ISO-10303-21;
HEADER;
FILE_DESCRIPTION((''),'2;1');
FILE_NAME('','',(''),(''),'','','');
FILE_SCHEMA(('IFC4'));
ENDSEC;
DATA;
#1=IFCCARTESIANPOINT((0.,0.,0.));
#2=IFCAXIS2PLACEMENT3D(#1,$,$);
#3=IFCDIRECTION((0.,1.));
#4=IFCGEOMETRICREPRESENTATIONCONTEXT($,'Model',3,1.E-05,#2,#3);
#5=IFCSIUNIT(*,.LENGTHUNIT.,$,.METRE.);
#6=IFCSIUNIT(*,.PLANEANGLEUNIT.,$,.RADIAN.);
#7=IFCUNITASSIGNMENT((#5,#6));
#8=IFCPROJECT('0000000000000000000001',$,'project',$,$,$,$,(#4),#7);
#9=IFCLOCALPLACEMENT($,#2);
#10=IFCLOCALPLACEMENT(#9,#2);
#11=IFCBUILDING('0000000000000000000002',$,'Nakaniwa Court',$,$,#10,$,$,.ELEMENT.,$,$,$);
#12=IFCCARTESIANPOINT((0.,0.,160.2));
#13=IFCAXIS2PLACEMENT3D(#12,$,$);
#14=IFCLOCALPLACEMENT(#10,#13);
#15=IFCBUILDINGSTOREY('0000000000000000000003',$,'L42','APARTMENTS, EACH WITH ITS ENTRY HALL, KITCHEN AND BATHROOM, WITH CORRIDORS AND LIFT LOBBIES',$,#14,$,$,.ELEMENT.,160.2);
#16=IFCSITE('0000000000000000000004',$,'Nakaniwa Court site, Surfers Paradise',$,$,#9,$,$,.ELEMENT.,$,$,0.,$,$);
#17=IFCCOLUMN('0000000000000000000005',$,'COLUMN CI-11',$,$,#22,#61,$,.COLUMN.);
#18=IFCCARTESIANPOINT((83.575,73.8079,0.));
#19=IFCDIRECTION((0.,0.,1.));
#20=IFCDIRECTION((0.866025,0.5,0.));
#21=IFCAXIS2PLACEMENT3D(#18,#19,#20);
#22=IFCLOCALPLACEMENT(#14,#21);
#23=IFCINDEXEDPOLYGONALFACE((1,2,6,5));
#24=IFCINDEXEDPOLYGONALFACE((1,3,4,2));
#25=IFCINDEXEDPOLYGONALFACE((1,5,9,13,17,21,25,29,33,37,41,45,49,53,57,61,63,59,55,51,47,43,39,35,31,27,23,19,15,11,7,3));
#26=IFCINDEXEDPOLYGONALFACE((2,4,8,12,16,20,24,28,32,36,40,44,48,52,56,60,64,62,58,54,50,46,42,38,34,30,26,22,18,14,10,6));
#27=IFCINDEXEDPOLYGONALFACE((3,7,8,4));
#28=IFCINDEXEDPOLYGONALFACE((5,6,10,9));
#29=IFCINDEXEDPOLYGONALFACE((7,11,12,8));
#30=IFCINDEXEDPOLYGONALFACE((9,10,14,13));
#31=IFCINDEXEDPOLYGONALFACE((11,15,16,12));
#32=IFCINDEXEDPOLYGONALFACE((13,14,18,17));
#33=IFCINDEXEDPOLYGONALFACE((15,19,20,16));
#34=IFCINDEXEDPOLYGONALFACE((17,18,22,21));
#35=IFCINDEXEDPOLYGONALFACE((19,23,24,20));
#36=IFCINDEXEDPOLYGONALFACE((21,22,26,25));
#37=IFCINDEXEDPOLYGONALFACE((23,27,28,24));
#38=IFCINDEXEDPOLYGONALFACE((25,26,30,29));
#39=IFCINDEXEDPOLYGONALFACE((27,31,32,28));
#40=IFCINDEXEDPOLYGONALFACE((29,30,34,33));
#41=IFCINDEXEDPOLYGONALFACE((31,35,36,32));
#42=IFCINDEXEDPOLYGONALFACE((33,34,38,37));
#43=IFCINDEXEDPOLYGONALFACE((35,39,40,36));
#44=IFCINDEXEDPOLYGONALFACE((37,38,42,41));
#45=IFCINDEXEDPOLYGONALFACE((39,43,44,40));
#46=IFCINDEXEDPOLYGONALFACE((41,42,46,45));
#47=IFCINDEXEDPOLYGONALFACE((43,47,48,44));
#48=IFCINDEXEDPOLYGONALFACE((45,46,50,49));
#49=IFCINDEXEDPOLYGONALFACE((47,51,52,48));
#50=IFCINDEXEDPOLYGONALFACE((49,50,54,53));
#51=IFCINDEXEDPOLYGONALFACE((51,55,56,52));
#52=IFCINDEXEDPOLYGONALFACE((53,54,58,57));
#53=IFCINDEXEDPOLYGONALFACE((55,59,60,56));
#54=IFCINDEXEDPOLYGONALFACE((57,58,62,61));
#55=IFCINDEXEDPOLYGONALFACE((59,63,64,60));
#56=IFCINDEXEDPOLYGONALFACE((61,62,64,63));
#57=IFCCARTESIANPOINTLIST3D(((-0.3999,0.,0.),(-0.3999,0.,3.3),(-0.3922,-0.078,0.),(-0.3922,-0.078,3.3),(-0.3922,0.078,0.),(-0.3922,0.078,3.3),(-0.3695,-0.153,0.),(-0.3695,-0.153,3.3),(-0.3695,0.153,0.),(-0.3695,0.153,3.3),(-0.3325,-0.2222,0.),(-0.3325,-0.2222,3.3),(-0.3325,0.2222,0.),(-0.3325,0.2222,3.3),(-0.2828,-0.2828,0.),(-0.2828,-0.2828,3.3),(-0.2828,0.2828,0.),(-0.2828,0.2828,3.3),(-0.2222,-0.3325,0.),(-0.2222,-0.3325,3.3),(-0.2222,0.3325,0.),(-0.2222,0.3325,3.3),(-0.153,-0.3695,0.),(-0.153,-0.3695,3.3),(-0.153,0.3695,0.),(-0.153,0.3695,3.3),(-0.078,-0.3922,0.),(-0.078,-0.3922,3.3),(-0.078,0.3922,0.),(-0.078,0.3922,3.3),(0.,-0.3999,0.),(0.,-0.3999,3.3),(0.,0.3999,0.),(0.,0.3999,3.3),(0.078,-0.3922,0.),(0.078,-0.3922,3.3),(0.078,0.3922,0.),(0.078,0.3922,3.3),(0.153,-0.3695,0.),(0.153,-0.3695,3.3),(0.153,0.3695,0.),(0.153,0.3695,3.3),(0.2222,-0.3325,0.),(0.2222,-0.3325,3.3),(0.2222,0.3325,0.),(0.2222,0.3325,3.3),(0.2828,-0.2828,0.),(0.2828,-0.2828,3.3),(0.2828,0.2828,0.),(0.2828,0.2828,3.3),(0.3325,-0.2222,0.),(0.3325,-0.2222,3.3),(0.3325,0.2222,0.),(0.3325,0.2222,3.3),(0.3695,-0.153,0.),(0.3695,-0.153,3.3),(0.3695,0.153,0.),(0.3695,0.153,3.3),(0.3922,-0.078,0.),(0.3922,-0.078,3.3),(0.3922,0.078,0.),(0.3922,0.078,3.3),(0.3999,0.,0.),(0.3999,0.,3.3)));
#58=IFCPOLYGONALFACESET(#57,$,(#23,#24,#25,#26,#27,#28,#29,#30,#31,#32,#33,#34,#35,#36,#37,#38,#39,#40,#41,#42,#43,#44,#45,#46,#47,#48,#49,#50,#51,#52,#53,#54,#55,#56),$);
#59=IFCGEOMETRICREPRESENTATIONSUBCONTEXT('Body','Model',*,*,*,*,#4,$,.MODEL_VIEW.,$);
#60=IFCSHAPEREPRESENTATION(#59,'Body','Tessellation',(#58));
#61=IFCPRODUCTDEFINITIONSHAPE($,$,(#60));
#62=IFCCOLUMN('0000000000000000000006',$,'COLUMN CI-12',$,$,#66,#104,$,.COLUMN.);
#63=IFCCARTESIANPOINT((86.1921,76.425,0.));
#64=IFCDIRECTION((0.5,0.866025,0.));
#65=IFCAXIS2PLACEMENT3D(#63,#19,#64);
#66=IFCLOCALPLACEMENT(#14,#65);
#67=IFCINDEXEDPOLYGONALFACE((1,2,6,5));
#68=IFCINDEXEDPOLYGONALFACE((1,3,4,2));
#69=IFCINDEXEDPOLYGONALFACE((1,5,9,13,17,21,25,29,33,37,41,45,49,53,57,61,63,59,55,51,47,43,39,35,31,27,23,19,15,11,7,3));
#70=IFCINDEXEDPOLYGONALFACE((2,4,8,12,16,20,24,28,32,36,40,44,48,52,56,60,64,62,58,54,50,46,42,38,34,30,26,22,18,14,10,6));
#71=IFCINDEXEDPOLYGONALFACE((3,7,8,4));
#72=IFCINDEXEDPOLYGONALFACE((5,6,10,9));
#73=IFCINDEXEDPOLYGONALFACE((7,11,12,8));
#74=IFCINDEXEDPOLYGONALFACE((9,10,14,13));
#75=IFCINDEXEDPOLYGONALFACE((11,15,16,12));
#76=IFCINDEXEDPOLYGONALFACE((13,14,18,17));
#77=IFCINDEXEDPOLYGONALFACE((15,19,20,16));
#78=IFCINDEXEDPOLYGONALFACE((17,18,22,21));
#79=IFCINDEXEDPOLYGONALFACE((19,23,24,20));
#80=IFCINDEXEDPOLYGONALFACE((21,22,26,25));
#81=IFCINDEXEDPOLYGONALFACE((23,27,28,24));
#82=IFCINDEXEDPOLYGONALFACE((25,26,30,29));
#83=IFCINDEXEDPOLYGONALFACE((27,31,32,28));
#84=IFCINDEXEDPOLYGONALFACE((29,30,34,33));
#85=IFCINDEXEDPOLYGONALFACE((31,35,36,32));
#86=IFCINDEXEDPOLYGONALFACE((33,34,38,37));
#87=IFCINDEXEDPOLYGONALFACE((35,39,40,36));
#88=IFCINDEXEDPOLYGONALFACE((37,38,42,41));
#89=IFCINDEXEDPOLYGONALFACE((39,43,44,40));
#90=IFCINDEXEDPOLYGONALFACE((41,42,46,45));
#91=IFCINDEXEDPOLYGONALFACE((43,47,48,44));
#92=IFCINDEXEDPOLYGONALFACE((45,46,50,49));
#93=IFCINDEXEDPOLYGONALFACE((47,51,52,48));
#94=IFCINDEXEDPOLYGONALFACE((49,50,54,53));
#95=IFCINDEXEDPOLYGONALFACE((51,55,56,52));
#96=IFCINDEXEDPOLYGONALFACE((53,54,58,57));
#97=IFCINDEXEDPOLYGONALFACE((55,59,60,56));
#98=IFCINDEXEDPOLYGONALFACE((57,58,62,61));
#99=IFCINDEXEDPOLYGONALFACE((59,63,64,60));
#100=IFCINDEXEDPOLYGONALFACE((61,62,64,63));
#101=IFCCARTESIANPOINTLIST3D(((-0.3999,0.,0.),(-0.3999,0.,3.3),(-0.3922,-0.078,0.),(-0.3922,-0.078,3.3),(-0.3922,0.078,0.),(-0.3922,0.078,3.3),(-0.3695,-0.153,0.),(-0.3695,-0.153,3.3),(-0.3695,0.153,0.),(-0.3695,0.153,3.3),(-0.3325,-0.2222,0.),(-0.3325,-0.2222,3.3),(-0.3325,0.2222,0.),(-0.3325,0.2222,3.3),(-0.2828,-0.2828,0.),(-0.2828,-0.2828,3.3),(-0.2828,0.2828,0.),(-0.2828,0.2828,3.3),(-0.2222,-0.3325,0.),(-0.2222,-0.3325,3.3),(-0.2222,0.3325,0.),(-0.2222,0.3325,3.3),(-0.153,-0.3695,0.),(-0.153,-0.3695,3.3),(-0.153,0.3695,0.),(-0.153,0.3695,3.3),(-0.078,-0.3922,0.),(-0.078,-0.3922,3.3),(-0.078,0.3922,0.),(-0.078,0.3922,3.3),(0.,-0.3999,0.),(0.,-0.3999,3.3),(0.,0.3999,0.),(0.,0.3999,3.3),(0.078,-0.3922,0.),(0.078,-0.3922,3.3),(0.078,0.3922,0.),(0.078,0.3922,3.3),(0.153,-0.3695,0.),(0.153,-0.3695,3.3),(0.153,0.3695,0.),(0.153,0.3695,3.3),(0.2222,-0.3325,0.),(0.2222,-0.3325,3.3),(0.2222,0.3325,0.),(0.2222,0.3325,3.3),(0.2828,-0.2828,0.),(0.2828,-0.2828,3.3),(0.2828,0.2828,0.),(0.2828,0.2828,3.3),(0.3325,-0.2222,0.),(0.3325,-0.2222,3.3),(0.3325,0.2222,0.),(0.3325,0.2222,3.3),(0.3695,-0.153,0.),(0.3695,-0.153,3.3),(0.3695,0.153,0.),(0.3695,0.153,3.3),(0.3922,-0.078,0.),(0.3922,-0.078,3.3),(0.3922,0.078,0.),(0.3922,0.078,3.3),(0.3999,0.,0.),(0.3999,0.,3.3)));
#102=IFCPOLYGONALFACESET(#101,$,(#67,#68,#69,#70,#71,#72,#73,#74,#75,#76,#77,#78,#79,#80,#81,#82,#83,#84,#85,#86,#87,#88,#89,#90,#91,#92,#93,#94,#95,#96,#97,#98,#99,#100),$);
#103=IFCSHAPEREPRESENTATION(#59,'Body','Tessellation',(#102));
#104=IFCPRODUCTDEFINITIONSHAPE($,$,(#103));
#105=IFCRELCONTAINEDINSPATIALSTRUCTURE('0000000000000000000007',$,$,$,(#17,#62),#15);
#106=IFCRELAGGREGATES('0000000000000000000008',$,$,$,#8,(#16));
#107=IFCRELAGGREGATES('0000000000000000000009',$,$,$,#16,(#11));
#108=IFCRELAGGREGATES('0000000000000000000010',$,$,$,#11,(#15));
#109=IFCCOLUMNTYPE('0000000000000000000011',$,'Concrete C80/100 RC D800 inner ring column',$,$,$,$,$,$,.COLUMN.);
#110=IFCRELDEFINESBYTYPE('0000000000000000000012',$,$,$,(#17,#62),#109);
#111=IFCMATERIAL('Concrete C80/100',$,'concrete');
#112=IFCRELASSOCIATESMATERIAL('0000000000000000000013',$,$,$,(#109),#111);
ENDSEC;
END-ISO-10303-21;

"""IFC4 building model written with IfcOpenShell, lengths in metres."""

from ifc_helpers import new_model, si_unit, direction, frame, origin, origin_2d, place, context, subcontext, project, spatial, circle, extrude, material, material_profile, profile_set, type_object, element, save


model = new_model("IFC4")

# Units and contexts
model_context = context("Model", 3, precision=1e-05, world=origin(), true_north=direction((0.0, 1.0)))
body_context = subcontext(model_context, "Body", "Model", "MODEL_VIEW")
ifc_project = project(units=[si_unit("LENGTHUNIT", "METRE"), si_unit("PLANEANGLEUNIT", "RADIAN")], contexts=[model_context])

# Site, building, storey
site_placement = place(None, origin())
site = spatial("IfcSite", under=ifc_project, at=site_placement, Name="Nakaniwa Court site, Surfers Paradise", CompositionType="ELEMENT", RefElevation=0.0)
building_placement = place(site_placement, origin())
building = spatial("IfcBuilding", under=site, at=building_placement, Name="Nakaniwa Court", CompositionType="ELEMENT")
storey_placement = place(building_placement, frame((0.0, 0.0, 160.2)))
storey = spatial("IfcBuildingStorey", under=building, at=storey_placement, Name="L42", Description="APARTMENTS, EACH WITH ITS ENTRY HALL, KITCHEN AND BATHROOM, WITH CORRIDORS AND LIFT LOBBIES", CompositionType="ELEMENT", Elevation=160.2)

# Columns
ifc_material_1 = material(Name="Concrete C80/100", Category="concrete")
ifc_material_profile_1 = material_profile(ifc_material_1, circle(Radius=0.3999, at=origin_2d()), Name="Concrete C80/100 RC D800 inner ring column")
ifc_profile_set_1 = profile_set([ifc_material_profile_1], Name="Concrete C80/100")
column_type = type_object("IfcColumnType", Name="Concrete C80/100 RC D800 inner ring column", PredefinedType="COLUMN", material=ifc_profile_set_1)
for number, where, z_axis, x_axis, name in (
    (1, (83.575, 73.8079, 0.0), (0.0, 0.0, 1.0), (0.866025, 0.5, 0.0), "COLUMN CI-11"),
    (2, (86.1921, 76.425, 0.0), (0.0, 0.0, 1.0), (0.5, 0.866025, 0.0), "COLUMN CI-12"),
):
    element("IfcColumn", number, at=place(storey_placement, frame(where, z_axis=z_axis, x_axis=x_axis)), inside=storey, type_object=column_type, Name=name, PredefinedType="COLUMN", context=body_context, shape_type="SweptSolid", body=[
        extrude(circle(Radius=0.3999, at=origin_2d()), origin(), (0.0, 0.0, 1.0), 3.3),
    ])

save(model, "model.ifc")
